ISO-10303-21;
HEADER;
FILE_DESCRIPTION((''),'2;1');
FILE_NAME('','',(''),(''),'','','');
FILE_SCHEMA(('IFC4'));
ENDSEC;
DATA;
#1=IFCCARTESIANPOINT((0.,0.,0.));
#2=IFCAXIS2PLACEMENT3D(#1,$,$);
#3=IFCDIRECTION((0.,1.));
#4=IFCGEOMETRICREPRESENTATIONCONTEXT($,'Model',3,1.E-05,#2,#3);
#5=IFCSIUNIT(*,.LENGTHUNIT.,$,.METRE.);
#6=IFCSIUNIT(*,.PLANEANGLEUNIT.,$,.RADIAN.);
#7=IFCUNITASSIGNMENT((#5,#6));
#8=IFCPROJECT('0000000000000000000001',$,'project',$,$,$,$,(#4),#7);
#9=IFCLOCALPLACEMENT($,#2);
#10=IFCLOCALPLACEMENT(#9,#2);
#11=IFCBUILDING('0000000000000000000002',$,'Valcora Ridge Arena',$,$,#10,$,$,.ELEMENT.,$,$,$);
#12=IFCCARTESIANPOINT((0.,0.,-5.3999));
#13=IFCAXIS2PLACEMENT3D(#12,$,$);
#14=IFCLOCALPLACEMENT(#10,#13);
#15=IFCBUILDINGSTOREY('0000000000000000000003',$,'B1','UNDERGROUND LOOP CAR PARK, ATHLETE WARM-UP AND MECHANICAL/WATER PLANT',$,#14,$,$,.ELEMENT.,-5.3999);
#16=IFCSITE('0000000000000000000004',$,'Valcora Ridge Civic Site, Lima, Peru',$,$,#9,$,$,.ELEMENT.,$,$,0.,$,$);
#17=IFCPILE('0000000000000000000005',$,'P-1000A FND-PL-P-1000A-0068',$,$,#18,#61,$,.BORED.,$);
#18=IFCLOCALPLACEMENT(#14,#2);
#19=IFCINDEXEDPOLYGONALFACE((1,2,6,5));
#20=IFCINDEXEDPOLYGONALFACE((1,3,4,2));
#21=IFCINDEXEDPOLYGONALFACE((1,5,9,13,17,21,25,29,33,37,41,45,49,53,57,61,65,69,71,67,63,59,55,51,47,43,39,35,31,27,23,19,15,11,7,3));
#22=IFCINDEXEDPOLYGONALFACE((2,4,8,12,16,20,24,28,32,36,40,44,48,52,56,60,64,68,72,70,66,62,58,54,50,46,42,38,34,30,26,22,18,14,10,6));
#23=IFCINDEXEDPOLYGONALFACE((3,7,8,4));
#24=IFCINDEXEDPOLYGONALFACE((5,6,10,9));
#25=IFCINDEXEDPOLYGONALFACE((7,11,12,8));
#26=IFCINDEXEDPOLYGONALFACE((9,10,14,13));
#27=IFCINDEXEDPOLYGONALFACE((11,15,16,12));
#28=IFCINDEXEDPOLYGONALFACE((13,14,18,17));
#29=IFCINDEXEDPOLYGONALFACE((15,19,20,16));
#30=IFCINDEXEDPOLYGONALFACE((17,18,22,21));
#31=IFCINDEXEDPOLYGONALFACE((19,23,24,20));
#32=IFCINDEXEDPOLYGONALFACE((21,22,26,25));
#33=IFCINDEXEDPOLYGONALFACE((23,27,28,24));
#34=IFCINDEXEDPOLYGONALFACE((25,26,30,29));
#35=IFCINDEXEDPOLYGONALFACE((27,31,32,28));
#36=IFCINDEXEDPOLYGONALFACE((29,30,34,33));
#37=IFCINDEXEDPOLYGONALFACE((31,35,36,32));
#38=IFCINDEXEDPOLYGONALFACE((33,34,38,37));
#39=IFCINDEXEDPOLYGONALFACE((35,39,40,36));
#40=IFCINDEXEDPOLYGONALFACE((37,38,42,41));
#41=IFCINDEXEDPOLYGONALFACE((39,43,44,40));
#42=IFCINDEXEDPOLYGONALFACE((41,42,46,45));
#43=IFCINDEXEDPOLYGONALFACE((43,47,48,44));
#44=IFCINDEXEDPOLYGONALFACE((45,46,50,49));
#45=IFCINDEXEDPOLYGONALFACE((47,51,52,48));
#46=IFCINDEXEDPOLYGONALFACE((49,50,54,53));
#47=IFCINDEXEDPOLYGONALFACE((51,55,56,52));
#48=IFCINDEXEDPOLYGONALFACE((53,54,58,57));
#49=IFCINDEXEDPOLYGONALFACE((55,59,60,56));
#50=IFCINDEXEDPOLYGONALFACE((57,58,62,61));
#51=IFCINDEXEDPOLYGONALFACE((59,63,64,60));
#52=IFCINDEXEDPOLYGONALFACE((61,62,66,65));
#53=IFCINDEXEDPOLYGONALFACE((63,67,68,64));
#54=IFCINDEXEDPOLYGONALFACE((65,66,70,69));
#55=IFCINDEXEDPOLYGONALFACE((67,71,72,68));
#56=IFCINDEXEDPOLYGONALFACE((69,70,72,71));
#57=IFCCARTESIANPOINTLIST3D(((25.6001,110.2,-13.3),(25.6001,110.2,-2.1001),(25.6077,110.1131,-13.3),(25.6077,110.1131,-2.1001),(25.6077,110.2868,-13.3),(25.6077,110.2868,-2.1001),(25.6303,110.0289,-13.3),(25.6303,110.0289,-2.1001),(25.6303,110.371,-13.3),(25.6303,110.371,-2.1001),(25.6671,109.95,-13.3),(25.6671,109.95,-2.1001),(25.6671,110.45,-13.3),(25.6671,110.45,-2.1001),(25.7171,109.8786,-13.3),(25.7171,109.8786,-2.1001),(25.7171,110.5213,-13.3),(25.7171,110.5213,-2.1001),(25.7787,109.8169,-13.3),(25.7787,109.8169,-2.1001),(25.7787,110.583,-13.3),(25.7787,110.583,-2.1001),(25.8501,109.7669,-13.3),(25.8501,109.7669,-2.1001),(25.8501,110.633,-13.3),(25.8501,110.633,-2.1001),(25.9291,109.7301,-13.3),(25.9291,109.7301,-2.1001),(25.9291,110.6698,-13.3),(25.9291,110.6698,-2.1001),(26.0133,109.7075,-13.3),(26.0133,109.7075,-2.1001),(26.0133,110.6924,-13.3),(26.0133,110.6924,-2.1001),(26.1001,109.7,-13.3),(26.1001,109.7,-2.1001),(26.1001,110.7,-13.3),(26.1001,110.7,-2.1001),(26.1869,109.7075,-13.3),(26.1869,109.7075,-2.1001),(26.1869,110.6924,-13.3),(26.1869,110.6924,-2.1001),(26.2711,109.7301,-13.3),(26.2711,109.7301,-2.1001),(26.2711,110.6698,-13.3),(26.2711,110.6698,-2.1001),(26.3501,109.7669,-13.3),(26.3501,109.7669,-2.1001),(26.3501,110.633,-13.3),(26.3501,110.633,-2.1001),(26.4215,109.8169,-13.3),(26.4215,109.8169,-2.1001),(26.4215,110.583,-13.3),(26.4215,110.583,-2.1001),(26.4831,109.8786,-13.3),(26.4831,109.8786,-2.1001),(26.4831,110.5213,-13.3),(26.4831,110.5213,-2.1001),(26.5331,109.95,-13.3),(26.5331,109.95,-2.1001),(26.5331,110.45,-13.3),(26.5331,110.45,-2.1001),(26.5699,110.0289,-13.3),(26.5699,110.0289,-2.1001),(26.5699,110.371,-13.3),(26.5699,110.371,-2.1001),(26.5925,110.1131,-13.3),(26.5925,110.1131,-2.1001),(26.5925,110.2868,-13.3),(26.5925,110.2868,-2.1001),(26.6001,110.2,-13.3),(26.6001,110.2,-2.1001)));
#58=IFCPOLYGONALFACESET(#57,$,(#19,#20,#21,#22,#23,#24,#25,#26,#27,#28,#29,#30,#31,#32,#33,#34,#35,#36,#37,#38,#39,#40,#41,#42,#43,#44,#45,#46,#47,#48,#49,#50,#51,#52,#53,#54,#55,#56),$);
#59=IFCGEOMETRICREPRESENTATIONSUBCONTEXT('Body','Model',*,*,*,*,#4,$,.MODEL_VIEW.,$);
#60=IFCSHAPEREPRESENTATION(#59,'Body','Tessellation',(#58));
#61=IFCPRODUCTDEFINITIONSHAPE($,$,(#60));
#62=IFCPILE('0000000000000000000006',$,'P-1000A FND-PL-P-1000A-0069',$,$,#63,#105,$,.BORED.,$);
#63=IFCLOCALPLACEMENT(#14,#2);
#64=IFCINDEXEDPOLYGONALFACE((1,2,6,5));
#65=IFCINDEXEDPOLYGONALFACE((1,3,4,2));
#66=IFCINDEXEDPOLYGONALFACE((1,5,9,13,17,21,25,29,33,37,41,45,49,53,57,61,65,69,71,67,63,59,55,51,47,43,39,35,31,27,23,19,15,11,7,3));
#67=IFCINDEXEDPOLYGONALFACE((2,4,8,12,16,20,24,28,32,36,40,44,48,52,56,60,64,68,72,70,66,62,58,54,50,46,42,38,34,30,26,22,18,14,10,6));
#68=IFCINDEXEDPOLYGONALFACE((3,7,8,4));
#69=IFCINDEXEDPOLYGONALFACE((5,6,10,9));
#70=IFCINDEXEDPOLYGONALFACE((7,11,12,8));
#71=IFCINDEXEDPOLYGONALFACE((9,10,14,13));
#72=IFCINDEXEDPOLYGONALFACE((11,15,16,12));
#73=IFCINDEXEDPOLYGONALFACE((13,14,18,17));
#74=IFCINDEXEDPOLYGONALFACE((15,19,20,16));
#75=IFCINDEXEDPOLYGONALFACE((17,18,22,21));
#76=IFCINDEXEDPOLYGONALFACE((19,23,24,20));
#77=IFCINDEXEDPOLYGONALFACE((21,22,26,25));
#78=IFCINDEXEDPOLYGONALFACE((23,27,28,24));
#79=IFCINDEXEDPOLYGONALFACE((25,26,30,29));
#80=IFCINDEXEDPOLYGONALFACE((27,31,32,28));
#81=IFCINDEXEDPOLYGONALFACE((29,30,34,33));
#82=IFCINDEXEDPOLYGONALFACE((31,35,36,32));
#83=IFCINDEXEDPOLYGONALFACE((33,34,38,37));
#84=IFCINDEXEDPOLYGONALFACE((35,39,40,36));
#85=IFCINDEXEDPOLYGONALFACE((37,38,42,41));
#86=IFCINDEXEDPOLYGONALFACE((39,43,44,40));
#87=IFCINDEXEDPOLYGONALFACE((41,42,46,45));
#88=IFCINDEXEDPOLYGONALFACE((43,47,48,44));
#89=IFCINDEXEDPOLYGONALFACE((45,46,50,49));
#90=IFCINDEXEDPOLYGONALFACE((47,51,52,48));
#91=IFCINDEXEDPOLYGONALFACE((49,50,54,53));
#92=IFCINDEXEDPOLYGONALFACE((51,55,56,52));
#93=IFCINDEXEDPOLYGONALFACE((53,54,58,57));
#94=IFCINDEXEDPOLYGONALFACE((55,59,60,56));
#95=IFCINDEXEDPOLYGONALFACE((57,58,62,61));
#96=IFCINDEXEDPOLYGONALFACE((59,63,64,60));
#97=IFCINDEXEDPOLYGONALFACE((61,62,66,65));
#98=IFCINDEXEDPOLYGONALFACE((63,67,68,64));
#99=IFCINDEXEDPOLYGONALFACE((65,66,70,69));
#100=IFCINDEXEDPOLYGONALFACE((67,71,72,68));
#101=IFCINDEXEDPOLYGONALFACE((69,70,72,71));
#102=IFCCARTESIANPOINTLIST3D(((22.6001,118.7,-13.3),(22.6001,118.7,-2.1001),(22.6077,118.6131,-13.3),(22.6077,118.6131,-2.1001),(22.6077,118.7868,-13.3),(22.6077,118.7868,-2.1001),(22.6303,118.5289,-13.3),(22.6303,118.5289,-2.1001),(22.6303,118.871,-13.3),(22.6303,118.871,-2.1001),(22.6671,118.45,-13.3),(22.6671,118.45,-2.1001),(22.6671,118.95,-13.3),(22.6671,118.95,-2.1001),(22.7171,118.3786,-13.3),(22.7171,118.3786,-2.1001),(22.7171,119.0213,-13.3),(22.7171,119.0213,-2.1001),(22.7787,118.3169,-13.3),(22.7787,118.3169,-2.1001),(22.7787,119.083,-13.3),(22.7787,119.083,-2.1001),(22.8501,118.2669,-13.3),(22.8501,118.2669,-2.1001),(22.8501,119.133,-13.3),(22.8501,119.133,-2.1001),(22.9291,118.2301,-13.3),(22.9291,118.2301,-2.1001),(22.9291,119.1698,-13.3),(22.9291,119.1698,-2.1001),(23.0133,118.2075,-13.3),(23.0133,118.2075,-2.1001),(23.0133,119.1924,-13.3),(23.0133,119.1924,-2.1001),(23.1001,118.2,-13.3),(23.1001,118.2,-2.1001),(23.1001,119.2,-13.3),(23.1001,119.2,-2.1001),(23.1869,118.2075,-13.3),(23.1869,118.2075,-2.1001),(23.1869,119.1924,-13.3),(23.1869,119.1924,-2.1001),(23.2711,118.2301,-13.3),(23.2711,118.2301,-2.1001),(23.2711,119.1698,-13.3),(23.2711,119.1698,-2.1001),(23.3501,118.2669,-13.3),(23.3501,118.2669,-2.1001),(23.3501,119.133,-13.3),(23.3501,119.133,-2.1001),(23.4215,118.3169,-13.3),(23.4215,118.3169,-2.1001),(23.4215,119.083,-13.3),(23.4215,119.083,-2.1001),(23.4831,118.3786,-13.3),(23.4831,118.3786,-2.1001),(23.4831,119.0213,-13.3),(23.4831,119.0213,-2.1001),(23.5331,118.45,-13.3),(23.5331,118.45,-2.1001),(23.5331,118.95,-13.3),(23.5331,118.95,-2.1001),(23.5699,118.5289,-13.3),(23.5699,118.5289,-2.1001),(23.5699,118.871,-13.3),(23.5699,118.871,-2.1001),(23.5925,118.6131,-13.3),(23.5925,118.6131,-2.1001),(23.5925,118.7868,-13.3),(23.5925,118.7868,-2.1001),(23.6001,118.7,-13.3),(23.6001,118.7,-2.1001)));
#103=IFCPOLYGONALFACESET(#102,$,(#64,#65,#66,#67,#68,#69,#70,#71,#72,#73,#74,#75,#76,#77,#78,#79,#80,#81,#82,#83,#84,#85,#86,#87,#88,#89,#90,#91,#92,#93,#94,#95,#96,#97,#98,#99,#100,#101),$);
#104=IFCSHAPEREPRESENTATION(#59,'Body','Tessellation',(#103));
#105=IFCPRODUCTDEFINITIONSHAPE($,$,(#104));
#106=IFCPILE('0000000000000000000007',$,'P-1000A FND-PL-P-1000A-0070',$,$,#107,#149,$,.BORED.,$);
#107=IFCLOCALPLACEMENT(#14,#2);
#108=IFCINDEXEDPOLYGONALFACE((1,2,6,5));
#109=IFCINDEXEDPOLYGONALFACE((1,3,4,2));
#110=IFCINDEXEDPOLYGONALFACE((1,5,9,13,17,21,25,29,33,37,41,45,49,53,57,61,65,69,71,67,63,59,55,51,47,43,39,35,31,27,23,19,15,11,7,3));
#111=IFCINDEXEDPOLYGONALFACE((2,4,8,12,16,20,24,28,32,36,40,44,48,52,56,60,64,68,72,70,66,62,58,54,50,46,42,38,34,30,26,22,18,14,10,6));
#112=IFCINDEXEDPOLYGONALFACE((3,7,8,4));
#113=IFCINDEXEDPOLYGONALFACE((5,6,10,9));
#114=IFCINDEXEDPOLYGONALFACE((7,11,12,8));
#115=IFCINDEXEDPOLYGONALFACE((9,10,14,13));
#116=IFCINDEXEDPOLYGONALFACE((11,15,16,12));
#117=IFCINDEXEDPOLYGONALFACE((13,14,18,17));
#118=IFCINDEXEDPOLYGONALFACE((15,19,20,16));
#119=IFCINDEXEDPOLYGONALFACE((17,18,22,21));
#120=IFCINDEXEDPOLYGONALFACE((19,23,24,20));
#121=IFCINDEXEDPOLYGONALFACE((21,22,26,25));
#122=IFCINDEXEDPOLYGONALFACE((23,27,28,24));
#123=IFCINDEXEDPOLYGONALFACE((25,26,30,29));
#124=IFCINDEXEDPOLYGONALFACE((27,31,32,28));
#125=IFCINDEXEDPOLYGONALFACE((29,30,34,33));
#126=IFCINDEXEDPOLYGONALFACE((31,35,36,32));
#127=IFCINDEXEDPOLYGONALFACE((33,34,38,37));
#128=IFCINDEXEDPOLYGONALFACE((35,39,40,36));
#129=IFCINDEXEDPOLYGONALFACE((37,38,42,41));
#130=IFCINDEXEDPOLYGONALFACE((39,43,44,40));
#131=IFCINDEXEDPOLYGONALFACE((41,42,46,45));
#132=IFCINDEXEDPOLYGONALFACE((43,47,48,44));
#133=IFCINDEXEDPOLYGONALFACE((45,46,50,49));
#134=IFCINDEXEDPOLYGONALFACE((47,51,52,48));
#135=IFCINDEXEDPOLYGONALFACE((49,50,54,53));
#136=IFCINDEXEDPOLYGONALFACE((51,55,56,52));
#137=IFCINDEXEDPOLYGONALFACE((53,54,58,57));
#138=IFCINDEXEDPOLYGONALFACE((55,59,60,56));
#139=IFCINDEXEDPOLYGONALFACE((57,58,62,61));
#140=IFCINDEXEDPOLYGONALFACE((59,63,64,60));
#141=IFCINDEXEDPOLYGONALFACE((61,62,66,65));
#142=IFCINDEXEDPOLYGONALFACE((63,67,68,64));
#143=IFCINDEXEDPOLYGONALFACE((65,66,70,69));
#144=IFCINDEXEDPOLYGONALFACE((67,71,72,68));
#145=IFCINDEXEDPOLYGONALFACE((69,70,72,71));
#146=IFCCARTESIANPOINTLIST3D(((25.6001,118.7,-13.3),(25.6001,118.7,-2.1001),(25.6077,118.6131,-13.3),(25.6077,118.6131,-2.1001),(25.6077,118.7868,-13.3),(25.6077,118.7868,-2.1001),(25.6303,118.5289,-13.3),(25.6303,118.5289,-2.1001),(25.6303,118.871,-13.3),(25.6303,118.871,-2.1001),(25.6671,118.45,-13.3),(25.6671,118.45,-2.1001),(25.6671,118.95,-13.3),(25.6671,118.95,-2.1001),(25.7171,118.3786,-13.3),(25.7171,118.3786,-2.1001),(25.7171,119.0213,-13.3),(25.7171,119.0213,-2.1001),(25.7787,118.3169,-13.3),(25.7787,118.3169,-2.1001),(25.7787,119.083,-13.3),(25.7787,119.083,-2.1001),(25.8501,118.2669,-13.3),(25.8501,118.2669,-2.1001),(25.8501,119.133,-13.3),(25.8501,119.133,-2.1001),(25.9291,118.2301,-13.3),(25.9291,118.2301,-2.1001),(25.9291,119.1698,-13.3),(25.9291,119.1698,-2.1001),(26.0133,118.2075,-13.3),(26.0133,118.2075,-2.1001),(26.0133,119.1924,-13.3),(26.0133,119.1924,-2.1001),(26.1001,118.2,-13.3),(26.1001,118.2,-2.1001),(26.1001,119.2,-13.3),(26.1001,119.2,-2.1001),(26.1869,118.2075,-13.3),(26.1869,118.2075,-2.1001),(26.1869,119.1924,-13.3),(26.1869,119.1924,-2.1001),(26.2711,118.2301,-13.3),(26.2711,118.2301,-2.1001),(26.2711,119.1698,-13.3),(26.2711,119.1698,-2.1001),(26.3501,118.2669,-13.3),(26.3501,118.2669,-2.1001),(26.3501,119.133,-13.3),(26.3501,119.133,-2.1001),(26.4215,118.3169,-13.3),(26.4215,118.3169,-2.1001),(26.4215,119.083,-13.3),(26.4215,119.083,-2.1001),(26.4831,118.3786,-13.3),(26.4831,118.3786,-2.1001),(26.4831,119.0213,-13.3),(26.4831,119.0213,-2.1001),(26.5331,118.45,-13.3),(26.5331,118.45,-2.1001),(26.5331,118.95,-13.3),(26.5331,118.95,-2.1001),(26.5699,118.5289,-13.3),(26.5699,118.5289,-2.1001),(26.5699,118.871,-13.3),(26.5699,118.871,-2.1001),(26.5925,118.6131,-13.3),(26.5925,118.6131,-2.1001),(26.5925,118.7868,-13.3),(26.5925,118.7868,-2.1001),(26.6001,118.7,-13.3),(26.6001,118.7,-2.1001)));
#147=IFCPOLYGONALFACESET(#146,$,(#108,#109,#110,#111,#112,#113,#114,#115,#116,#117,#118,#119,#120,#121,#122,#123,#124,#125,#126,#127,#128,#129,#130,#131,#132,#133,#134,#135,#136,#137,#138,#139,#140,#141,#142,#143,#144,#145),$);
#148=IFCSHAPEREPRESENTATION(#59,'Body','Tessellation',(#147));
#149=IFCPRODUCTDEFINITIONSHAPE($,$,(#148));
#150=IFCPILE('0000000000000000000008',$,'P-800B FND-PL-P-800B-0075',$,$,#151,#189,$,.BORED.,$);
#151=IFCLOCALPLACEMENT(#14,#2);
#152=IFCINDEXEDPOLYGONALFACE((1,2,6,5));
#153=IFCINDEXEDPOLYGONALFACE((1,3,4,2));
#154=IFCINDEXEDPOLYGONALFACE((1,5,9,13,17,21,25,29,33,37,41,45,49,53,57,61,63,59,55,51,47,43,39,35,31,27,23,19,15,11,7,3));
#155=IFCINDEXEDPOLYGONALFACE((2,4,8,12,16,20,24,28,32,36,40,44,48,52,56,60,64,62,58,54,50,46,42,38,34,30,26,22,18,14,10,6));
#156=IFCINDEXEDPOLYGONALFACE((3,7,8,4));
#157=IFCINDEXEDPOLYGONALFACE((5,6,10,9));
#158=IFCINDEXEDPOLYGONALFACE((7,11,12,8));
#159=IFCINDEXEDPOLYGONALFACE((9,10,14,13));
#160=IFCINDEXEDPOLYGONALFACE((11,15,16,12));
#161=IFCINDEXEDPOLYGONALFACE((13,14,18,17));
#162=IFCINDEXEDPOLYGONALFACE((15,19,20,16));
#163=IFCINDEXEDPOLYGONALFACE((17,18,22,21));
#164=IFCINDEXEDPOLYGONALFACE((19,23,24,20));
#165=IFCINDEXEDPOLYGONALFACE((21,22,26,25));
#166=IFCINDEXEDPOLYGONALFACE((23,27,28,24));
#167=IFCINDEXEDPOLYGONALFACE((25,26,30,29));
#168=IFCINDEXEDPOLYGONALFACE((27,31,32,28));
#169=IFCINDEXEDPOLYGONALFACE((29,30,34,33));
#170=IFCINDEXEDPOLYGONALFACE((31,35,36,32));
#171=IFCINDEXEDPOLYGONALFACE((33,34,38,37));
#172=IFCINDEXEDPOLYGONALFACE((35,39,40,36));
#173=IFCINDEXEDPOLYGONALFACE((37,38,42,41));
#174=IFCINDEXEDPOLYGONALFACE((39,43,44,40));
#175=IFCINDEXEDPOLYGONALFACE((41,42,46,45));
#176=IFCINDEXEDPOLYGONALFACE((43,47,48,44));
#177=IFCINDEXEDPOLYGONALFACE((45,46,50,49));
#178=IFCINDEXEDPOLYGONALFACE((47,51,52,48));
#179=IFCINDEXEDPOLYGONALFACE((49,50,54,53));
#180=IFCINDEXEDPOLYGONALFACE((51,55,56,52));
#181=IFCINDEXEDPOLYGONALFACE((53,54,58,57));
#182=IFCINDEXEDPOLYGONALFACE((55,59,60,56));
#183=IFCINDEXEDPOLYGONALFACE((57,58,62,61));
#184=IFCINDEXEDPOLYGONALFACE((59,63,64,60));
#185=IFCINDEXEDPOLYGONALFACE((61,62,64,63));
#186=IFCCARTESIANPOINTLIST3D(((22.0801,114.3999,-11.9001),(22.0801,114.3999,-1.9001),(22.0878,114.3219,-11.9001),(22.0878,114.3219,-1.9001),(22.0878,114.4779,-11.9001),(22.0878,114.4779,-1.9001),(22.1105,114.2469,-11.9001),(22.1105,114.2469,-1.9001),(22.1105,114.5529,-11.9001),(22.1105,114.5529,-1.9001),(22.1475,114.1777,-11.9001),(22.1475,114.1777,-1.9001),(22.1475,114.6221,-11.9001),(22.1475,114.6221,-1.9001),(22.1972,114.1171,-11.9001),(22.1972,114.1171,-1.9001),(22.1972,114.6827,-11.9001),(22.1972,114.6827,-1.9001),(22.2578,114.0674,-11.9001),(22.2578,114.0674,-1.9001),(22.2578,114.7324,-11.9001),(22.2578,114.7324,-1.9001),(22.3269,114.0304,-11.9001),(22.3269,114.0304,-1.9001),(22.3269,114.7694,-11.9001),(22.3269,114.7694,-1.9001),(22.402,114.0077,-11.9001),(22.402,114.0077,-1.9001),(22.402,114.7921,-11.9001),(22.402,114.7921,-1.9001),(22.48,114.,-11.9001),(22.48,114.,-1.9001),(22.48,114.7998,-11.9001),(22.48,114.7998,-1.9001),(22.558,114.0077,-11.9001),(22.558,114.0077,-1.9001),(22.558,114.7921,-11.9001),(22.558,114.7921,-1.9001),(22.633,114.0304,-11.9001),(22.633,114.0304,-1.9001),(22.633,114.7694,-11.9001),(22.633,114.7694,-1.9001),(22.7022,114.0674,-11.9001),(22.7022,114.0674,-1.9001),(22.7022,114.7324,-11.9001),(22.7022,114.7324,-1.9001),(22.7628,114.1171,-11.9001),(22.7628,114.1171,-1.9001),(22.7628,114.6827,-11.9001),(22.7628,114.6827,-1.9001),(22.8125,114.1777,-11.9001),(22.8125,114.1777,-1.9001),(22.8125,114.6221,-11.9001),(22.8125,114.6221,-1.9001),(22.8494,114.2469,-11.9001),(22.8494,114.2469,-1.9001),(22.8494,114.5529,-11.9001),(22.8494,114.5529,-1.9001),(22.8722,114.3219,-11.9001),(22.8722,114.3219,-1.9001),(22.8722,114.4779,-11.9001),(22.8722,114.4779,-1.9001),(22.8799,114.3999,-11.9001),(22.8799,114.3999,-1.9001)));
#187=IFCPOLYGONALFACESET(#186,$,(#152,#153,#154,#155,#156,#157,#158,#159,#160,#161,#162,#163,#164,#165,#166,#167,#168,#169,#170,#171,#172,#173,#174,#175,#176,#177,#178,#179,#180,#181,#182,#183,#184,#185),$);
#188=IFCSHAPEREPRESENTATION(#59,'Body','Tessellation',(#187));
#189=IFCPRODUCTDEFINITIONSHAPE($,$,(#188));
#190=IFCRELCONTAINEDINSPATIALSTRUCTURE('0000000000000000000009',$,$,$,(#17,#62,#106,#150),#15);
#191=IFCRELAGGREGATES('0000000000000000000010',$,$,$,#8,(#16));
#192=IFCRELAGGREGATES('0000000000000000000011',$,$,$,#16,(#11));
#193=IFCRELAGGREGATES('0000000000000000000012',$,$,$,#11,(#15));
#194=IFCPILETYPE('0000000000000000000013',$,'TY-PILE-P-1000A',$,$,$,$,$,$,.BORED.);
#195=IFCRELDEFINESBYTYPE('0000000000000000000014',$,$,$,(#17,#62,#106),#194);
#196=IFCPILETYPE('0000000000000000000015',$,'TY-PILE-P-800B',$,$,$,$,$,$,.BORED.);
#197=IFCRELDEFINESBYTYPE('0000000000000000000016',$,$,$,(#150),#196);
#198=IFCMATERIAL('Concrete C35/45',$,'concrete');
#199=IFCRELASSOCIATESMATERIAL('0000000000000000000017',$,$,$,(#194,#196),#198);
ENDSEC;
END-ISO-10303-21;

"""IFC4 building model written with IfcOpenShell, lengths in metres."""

from ifc_helpers import new_model, si_unit, direction, frame, origin, origin_2d, place, context, subcontext, project, spatial, circle, extrude, material, material_profile, profile_set, type_object, element, save


model = new_model("IFC4")

# Units and contexts
model_context = context("Model", 3, precision=1e-05, world=origin(), true_north=direction((0.0, 1.0)))
body_context = subcontext(model_context, "Body", "Model", "MODEL_VIEW")
ifc_project = project(units=[si_unit("LENGTHUNIT", "METRE"), si_unit("PLANEANGLEUNIT", "RADIAN")], contexts=[model_context])

# Site, building, storey
site_placement = place(None, origin())
site = spatial("IfcSite", under=ifc_project, at=site_placement, Name="Valcora Ridge Civic Site, Lima, Peru", CompositionType="ELEMENT", RefElevation=0.0)
building_placement = place(site_placement, origin())
building = spatial("IfcBuilding", under=site, at=building_placement, Name="Valcora Ridge Arena", CompositionType="ELEMENT")
storey_placement = place(building_placement, frame((0.0, 0.0, -5.3999)))
storey = spatial("IfcBuildingStorey", under=building, at=storey_placement, Name="B1", Description="UNDERGROUND LOOP CAR PARK, ATHLETE WARM-UP AND MECHANICAL/WATER PLANT", CompositionType="ELEMENT", Elevation=-5.3999)

# Piles
ifc_material_1 = material(Name="Concrete C35/45", Category="concrete")
ifc_material_profile_1 = material_profile(ifc_material_1, circle(Radius=0.5, at=origin_2d()), Name="BORED PILE D1000")
ifc_profile_set_1 = profile_set([ifc_material_profile_1], Name="Concrete C35/45")
pile_type_1 = type_object("IfcPileType", Name="TY-PILE-P-1000A", PredefinedType="BORED", material=ifc_profile_set_1)
for number, where, z_axis, x_axis, name in (
    (1, (26.1001, 110.2, -2.1001), (0.0, 0.0, -1.0), (1.0, 0.0, 0.0), "P-1000A FND-PL-P-1000A-0068"),
    (2, (23.1001, 118.7, -2.1001), (0.0, 0.0, -1.0), (1.0, 0.0, 0.0), "P-1000A FND-PL-P-1000A-0069"),
    (3, (26.1001, 118.7, -2.1001), (0.0, 0.0, -1.0), (1.0, 0.0, 0.0), "P-1000A FND-PL-P-1000A-0070"),
):
    element("IfcPile", number, at=place(storey_placement, frame(where, z_axis=z_axis, x_axis=x_axis)), inside=storey, type_object=pile_type_1, Name=name, PredefinedType="BORED", context=body_context, shape_type="SweptSolid", body=[
        extrude(circle(Radius=0.5, at=origin_2d()), origin(), (0.0, 0.0, 1.0), 11.2),
    ])
ifc_material_profile_2 = material_profile(ifc_material_1, circle(Radius=0.3999, at=origin_2d()), Name="BORED PILE D800")
ifc_profile_set_2 = profile_set([ifc_material_profile_2], Name="Concrete C35/45")
pile_type_2 = type_object("IfcPileType", Name="TY-PILE-P-800B", PredefinedType="BORED", material=ifc_profile_set_2)
for number, where, z_axis, x_axis, name in (
    (4, (22.48, 114.3999, -1.9001), (0.0, 0.0, -1.0), (1.0, 0.0, 0.0), "P-800B FND-PL-P-800B-0075"),
):
    element("IfcPile", number, at=place(storey_placement, frame(where, z_axis=z_axis, x_axis=x_axis)), inside=storey, type_object=pile_type_2, Name=name, PredefinedType="BORED", context=body_context, shape_type="SweptSolid", body=[
        extrude(circle(Radius=0.3999, at=origin_2d()), origin(), (0.0, 0.0, 1.0), 10.0),
    ])

save(model, "model.ifc")
